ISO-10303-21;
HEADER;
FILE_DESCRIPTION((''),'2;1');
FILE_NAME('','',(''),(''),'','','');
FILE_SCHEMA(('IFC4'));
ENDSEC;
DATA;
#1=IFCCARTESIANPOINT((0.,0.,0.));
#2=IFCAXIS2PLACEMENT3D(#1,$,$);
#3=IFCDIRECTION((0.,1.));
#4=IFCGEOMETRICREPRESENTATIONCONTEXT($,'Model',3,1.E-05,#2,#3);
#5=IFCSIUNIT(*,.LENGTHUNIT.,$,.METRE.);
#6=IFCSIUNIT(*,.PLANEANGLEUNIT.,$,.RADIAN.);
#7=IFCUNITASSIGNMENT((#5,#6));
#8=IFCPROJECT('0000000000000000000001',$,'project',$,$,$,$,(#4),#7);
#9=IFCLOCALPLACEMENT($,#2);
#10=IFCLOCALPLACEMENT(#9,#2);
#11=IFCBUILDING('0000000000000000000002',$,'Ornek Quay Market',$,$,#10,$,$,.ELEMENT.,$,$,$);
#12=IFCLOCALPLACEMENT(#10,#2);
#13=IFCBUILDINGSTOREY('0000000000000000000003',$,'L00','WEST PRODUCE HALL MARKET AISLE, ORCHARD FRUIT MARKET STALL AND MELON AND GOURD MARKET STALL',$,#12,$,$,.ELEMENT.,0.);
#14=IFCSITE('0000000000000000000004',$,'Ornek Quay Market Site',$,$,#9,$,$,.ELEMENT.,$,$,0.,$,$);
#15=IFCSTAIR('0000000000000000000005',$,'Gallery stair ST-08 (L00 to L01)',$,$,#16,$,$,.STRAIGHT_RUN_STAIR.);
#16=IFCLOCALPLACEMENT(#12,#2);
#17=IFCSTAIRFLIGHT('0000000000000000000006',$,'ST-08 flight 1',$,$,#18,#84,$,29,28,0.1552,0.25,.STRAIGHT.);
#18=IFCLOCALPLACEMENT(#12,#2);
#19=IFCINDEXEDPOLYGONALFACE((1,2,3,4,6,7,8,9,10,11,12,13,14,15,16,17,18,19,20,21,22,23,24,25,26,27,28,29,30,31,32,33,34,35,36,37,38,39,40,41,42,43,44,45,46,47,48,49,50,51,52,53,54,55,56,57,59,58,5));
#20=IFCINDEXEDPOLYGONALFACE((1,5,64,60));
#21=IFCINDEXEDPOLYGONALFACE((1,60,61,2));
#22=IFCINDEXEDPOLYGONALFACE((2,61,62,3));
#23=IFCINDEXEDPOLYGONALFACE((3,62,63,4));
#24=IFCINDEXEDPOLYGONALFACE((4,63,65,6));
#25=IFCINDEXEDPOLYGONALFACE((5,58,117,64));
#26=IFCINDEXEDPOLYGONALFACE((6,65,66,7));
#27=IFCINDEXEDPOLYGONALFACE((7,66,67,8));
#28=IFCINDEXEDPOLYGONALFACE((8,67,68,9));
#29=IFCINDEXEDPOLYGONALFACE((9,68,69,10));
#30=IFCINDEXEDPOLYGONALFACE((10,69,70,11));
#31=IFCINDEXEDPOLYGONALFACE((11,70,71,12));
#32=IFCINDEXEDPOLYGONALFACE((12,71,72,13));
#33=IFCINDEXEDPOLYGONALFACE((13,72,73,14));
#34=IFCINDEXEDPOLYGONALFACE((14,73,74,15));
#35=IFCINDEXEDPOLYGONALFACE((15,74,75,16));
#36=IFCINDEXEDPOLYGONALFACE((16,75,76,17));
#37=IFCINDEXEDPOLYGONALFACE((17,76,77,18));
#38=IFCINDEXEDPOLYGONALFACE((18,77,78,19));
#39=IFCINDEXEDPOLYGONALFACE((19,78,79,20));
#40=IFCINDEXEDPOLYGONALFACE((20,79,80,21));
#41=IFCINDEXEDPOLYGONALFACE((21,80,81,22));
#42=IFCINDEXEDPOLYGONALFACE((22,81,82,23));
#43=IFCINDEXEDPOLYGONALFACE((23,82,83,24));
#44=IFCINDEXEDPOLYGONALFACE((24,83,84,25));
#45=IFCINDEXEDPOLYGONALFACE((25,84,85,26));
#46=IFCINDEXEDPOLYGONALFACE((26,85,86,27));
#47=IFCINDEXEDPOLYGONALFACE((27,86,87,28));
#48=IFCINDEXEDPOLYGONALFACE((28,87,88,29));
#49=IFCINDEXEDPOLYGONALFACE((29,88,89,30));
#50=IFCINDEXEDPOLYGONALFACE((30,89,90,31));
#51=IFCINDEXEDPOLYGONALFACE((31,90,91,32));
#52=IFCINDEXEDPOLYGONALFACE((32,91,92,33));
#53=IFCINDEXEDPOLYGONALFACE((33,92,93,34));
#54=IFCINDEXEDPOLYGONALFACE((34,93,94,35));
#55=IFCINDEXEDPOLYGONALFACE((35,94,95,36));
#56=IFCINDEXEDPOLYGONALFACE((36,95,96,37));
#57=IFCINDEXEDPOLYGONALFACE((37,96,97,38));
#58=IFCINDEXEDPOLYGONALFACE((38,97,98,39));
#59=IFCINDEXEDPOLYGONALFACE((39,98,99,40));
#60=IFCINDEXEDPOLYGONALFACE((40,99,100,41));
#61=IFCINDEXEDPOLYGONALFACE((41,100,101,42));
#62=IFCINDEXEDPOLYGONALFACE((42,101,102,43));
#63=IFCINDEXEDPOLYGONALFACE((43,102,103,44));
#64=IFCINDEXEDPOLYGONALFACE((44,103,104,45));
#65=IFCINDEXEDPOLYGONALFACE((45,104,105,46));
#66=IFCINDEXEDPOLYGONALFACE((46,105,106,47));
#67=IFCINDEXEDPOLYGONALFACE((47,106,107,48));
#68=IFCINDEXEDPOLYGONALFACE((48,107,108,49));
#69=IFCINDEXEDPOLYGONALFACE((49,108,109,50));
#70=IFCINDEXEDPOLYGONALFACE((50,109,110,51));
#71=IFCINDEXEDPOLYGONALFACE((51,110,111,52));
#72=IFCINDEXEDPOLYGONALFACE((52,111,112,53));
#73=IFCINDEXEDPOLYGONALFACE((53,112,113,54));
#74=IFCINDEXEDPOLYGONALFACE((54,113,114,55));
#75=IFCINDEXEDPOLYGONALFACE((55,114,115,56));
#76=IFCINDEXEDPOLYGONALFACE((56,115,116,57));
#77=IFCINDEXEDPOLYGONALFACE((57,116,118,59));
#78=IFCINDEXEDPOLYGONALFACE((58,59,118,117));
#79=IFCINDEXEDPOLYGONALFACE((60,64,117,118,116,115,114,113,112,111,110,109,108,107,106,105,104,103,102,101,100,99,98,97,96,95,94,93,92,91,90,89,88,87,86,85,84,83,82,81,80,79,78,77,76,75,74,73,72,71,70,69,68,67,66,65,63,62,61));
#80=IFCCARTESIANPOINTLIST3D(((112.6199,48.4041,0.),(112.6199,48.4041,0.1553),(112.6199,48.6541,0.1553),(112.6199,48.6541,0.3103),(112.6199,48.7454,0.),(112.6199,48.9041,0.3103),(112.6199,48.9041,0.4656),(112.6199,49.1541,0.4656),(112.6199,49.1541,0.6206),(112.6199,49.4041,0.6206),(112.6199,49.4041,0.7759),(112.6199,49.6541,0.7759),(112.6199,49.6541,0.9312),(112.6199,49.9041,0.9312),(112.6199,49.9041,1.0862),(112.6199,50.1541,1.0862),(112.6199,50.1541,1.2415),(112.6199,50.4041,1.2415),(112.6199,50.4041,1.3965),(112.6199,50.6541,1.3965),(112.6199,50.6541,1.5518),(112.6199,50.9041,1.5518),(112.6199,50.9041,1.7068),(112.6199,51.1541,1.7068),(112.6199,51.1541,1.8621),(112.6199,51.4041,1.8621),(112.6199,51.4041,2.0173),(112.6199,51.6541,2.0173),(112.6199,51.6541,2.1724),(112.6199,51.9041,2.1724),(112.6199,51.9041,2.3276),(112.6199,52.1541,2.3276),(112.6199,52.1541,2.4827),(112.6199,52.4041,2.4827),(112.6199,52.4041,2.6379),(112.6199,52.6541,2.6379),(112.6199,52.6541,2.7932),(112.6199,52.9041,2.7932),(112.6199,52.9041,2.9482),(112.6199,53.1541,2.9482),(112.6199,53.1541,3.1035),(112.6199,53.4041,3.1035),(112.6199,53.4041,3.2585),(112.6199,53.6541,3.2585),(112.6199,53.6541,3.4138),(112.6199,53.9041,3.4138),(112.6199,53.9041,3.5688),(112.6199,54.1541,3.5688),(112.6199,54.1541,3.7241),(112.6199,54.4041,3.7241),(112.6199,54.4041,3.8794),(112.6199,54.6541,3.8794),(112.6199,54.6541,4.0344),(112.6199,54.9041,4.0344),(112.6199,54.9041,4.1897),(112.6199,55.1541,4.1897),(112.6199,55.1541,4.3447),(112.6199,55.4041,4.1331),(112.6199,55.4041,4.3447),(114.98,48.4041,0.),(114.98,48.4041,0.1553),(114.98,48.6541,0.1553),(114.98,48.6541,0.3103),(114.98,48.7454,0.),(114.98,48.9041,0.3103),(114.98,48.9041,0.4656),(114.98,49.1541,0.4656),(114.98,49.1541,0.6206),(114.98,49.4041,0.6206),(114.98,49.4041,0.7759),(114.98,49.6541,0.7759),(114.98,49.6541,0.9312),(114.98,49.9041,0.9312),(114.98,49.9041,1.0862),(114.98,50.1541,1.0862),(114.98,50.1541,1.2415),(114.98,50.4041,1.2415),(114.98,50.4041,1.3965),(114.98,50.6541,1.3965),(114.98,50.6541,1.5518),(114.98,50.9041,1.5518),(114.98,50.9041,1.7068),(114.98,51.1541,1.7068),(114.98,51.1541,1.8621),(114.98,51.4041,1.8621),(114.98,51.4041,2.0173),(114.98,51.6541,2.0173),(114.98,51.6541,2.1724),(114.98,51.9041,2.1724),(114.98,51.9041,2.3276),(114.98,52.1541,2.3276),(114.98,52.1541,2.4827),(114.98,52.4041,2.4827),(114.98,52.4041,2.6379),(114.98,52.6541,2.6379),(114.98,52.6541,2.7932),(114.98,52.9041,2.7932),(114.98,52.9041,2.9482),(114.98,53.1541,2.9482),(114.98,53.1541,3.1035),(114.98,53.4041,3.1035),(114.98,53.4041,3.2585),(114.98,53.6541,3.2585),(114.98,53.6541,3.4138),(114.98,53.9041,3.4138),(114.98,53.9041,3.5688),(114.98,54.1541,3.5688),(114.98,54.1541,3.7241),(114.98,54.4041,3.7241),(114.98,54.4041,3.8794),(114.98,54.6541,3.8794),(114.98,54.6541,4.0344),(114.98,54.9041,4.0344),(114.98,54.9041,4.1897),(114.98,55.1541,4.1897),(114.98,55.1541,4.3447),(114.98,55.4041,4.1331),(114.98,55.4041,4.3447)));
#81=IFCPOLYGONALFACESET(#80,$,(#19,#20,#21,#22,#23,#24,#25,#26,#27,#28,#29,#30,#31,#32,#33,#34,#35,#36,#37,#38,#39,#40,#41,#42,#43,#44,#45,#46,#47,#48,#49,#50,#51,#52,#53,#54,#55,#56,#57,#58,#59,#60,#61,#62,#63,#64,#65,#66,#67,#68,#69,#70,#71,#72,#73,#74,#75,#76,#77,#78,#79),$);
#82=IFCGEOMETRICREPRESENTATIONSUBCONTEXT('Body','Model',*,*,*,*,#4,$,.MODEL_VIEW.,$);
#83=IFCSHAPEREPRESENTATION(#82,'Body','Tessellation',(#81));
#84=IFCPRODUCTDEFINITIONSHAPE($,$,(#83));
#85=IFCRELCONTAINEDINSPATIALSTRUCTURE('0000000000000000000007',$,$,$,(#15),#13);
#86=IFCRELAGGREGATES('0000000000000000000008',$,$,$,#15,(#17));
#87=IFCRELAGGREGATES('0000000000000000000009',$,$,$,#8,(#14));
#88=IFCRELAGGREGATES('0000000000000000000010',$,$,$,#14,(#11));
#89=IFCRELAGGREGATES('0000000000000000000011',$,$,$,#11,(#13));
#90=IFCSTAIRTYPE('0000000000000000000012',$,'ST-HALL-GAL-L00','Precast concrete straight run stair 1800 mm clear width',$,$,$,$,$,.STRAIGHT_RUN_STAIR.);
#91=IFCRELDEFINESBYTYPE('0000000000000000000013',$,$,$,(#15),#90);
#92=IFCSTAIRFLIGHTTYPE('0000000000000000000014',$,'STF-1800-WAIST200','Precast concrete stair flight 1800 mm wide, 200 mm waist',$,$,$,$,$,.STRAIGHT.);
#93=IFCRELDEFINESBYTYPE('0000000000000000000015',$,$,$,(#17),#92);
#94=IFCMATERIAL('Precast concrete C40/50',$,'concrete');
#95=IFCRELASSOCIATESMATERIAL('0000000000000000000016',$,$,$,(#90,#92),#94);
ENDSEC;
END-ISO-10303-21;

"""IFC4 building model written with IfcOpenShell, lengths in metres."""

from ifc_helpers import new_model, si_unit, direction, frame, origin, place, context, subcontext, project, spatial, polyline, outline, extrude, material, type_object, element, aggregate, save


model = new_model("IFC4")

# Units and contexts
model_context = context("Model", 3, precision=1e-05, world=origin(), true_north=direction((0.0, 1.0)))
body_context = subcontext(model_context, "Body", "Model", "MODEL_VIEW")
ifc_project = project(units=[si_unit("LENGTHUNIT", "METRE"), si_unit("PLANEANGLEUNIT", "RADIAN")], contexts=[model_context])

# Site, building, storey
site_placement = place(None, origin())
site = spatial("IfcSite", under=ifc_project, at=site_placement, Name="Ornek Quay Market Site", CompositionType="ELEMENT", RefElevation=0.0)
building_placement = place(site_placement, origin())
building = spatial("IfcBuilding", under=site, at=building_placement, Name="Ornek Quay Market", CompositionType="ELEMENT")
storey_placement = place(building_placement, origin())
storey = spatial("IfcBuildingStorey", under=building, at=storey_placement, Name="L00", Description="WEST PRODUCE HALL MARKET AISLE, ORCHARD FRUIT MARKET STALL AND MELON AND GOURD MARKET STALL", CompositionType="ELEMENT", Elevation=0.0)

# Stair, stair flight
ifc_material_1 = material(Name="Precast concrete C40/50", Category="concrete")
stair_type = type_object("IfcStairType", Name="ST-HALL-GAL-L00", Description="Precast concrete straight run stair 1800 mm clear width", PredefinedType="STRAIGHT_RUN_STAIR", material=ifc_material_1)
stair_placement = place(storey_placement, origin())
stair = element("IfcStair", 1, at=stair_placement, inside=storey, type_object=stair_type, Name="Gallery stair ST-08 (L00 to L01)", PredefinedType="STRAIGHT_RUN_STAIR")
stair_flight_type = type_object("IfcStairFlightType", Name="STF-1800-WAIST200", Description="Precast concrete stair flight 1800 mm wide, 200 mm waist", PredefinedType="STRAIGHT", material=ifc_material_1)
stair_flight_placement = place(storey_placement, frame((113.8, 48.4041, 0.0), z_axis=(0.0, 0.0, 1.0), x_axis=(0.0, 1.0, 0.0)))
stair_flight = element("IfcStairFlight", 2, at=stair_flight_placement, type_object=stair_flight_type, Name="ST-08 flight 1", NumberOfRisers=29, NumberOfTreads=28, PredefinedType="STRAIGHT", RiserHeight=0.1552, TreadLength=0.25, context=body_context, shape_type="SweptSolid", body=[
    extrude(outline(polyline([(0.0, 0.0), (0.0, 0.1553), (0.25, 0.1553), (0.25, 0.3103), (0.5, 0.3103), (0.5, 0.4656), (0.75, 0.4656), (0.75, 0.6206), (1.0, 0.6206), (1.0, 0.7759), (1.25, 0.7759), (1.25, 0.9312), (1.5, 0.9312), (1.5, 1.0862), (1.75, 1.0862), (1.75, 1.2415), (2.0, 1.2415), (2.0, 1.3965), (2.25, 1.3965), (2.25, 1.5518), (2.5, 1.5518), (2.5, 1.7068), (2.75, 1.7068), (2.75, 1.8621), (3.0, 1.8621), (3.0, 2.0173), (3.25, 2.0173), (3.25, 2.1724), (3.5, 2.1724), (3.5, 2.3276), (3.75, 2.3276), (3.75, 2.4827), (4.0, 2.4827), (4.0, 2.6379), (4.25, 2.6379), (4.25, 2.7932), (4.5, 2.7932), (4.5, 2.9482), (4.75, 2.9482), (4.75, 3.1035), (5.0, 3.1035), (5.0, 3.2585), (5.25, 3.2585), (5.25, 3.4138), (5.5, 3.4138), (5.5, 3.5688), (5.75, 3.5688), (5.75, 3.7241), (6.0, 3.7241), (6.0, 3.8794), (6.25, 3.8794), (6.25, 4.0344), (6.5, 4.0344), (6.5, 4.1897), (6.75, 4.1897), (6.75, 4.3447), (7.0, 4.3447), (7.0, 4.5), (7.0, 4.1331), (0.3413, 0.0), (0.0, 0.0)])), frame((0.0, 1.1802, 0.0), z_axis=(0.0, -1.0, 0.0), x_axis=(1.0, 0.0, 0.0)), (0.0, 0.0, 1.0), 2.3601),
])
aggregate(stair, [stair_flight])

save(model, "model.ifc")
